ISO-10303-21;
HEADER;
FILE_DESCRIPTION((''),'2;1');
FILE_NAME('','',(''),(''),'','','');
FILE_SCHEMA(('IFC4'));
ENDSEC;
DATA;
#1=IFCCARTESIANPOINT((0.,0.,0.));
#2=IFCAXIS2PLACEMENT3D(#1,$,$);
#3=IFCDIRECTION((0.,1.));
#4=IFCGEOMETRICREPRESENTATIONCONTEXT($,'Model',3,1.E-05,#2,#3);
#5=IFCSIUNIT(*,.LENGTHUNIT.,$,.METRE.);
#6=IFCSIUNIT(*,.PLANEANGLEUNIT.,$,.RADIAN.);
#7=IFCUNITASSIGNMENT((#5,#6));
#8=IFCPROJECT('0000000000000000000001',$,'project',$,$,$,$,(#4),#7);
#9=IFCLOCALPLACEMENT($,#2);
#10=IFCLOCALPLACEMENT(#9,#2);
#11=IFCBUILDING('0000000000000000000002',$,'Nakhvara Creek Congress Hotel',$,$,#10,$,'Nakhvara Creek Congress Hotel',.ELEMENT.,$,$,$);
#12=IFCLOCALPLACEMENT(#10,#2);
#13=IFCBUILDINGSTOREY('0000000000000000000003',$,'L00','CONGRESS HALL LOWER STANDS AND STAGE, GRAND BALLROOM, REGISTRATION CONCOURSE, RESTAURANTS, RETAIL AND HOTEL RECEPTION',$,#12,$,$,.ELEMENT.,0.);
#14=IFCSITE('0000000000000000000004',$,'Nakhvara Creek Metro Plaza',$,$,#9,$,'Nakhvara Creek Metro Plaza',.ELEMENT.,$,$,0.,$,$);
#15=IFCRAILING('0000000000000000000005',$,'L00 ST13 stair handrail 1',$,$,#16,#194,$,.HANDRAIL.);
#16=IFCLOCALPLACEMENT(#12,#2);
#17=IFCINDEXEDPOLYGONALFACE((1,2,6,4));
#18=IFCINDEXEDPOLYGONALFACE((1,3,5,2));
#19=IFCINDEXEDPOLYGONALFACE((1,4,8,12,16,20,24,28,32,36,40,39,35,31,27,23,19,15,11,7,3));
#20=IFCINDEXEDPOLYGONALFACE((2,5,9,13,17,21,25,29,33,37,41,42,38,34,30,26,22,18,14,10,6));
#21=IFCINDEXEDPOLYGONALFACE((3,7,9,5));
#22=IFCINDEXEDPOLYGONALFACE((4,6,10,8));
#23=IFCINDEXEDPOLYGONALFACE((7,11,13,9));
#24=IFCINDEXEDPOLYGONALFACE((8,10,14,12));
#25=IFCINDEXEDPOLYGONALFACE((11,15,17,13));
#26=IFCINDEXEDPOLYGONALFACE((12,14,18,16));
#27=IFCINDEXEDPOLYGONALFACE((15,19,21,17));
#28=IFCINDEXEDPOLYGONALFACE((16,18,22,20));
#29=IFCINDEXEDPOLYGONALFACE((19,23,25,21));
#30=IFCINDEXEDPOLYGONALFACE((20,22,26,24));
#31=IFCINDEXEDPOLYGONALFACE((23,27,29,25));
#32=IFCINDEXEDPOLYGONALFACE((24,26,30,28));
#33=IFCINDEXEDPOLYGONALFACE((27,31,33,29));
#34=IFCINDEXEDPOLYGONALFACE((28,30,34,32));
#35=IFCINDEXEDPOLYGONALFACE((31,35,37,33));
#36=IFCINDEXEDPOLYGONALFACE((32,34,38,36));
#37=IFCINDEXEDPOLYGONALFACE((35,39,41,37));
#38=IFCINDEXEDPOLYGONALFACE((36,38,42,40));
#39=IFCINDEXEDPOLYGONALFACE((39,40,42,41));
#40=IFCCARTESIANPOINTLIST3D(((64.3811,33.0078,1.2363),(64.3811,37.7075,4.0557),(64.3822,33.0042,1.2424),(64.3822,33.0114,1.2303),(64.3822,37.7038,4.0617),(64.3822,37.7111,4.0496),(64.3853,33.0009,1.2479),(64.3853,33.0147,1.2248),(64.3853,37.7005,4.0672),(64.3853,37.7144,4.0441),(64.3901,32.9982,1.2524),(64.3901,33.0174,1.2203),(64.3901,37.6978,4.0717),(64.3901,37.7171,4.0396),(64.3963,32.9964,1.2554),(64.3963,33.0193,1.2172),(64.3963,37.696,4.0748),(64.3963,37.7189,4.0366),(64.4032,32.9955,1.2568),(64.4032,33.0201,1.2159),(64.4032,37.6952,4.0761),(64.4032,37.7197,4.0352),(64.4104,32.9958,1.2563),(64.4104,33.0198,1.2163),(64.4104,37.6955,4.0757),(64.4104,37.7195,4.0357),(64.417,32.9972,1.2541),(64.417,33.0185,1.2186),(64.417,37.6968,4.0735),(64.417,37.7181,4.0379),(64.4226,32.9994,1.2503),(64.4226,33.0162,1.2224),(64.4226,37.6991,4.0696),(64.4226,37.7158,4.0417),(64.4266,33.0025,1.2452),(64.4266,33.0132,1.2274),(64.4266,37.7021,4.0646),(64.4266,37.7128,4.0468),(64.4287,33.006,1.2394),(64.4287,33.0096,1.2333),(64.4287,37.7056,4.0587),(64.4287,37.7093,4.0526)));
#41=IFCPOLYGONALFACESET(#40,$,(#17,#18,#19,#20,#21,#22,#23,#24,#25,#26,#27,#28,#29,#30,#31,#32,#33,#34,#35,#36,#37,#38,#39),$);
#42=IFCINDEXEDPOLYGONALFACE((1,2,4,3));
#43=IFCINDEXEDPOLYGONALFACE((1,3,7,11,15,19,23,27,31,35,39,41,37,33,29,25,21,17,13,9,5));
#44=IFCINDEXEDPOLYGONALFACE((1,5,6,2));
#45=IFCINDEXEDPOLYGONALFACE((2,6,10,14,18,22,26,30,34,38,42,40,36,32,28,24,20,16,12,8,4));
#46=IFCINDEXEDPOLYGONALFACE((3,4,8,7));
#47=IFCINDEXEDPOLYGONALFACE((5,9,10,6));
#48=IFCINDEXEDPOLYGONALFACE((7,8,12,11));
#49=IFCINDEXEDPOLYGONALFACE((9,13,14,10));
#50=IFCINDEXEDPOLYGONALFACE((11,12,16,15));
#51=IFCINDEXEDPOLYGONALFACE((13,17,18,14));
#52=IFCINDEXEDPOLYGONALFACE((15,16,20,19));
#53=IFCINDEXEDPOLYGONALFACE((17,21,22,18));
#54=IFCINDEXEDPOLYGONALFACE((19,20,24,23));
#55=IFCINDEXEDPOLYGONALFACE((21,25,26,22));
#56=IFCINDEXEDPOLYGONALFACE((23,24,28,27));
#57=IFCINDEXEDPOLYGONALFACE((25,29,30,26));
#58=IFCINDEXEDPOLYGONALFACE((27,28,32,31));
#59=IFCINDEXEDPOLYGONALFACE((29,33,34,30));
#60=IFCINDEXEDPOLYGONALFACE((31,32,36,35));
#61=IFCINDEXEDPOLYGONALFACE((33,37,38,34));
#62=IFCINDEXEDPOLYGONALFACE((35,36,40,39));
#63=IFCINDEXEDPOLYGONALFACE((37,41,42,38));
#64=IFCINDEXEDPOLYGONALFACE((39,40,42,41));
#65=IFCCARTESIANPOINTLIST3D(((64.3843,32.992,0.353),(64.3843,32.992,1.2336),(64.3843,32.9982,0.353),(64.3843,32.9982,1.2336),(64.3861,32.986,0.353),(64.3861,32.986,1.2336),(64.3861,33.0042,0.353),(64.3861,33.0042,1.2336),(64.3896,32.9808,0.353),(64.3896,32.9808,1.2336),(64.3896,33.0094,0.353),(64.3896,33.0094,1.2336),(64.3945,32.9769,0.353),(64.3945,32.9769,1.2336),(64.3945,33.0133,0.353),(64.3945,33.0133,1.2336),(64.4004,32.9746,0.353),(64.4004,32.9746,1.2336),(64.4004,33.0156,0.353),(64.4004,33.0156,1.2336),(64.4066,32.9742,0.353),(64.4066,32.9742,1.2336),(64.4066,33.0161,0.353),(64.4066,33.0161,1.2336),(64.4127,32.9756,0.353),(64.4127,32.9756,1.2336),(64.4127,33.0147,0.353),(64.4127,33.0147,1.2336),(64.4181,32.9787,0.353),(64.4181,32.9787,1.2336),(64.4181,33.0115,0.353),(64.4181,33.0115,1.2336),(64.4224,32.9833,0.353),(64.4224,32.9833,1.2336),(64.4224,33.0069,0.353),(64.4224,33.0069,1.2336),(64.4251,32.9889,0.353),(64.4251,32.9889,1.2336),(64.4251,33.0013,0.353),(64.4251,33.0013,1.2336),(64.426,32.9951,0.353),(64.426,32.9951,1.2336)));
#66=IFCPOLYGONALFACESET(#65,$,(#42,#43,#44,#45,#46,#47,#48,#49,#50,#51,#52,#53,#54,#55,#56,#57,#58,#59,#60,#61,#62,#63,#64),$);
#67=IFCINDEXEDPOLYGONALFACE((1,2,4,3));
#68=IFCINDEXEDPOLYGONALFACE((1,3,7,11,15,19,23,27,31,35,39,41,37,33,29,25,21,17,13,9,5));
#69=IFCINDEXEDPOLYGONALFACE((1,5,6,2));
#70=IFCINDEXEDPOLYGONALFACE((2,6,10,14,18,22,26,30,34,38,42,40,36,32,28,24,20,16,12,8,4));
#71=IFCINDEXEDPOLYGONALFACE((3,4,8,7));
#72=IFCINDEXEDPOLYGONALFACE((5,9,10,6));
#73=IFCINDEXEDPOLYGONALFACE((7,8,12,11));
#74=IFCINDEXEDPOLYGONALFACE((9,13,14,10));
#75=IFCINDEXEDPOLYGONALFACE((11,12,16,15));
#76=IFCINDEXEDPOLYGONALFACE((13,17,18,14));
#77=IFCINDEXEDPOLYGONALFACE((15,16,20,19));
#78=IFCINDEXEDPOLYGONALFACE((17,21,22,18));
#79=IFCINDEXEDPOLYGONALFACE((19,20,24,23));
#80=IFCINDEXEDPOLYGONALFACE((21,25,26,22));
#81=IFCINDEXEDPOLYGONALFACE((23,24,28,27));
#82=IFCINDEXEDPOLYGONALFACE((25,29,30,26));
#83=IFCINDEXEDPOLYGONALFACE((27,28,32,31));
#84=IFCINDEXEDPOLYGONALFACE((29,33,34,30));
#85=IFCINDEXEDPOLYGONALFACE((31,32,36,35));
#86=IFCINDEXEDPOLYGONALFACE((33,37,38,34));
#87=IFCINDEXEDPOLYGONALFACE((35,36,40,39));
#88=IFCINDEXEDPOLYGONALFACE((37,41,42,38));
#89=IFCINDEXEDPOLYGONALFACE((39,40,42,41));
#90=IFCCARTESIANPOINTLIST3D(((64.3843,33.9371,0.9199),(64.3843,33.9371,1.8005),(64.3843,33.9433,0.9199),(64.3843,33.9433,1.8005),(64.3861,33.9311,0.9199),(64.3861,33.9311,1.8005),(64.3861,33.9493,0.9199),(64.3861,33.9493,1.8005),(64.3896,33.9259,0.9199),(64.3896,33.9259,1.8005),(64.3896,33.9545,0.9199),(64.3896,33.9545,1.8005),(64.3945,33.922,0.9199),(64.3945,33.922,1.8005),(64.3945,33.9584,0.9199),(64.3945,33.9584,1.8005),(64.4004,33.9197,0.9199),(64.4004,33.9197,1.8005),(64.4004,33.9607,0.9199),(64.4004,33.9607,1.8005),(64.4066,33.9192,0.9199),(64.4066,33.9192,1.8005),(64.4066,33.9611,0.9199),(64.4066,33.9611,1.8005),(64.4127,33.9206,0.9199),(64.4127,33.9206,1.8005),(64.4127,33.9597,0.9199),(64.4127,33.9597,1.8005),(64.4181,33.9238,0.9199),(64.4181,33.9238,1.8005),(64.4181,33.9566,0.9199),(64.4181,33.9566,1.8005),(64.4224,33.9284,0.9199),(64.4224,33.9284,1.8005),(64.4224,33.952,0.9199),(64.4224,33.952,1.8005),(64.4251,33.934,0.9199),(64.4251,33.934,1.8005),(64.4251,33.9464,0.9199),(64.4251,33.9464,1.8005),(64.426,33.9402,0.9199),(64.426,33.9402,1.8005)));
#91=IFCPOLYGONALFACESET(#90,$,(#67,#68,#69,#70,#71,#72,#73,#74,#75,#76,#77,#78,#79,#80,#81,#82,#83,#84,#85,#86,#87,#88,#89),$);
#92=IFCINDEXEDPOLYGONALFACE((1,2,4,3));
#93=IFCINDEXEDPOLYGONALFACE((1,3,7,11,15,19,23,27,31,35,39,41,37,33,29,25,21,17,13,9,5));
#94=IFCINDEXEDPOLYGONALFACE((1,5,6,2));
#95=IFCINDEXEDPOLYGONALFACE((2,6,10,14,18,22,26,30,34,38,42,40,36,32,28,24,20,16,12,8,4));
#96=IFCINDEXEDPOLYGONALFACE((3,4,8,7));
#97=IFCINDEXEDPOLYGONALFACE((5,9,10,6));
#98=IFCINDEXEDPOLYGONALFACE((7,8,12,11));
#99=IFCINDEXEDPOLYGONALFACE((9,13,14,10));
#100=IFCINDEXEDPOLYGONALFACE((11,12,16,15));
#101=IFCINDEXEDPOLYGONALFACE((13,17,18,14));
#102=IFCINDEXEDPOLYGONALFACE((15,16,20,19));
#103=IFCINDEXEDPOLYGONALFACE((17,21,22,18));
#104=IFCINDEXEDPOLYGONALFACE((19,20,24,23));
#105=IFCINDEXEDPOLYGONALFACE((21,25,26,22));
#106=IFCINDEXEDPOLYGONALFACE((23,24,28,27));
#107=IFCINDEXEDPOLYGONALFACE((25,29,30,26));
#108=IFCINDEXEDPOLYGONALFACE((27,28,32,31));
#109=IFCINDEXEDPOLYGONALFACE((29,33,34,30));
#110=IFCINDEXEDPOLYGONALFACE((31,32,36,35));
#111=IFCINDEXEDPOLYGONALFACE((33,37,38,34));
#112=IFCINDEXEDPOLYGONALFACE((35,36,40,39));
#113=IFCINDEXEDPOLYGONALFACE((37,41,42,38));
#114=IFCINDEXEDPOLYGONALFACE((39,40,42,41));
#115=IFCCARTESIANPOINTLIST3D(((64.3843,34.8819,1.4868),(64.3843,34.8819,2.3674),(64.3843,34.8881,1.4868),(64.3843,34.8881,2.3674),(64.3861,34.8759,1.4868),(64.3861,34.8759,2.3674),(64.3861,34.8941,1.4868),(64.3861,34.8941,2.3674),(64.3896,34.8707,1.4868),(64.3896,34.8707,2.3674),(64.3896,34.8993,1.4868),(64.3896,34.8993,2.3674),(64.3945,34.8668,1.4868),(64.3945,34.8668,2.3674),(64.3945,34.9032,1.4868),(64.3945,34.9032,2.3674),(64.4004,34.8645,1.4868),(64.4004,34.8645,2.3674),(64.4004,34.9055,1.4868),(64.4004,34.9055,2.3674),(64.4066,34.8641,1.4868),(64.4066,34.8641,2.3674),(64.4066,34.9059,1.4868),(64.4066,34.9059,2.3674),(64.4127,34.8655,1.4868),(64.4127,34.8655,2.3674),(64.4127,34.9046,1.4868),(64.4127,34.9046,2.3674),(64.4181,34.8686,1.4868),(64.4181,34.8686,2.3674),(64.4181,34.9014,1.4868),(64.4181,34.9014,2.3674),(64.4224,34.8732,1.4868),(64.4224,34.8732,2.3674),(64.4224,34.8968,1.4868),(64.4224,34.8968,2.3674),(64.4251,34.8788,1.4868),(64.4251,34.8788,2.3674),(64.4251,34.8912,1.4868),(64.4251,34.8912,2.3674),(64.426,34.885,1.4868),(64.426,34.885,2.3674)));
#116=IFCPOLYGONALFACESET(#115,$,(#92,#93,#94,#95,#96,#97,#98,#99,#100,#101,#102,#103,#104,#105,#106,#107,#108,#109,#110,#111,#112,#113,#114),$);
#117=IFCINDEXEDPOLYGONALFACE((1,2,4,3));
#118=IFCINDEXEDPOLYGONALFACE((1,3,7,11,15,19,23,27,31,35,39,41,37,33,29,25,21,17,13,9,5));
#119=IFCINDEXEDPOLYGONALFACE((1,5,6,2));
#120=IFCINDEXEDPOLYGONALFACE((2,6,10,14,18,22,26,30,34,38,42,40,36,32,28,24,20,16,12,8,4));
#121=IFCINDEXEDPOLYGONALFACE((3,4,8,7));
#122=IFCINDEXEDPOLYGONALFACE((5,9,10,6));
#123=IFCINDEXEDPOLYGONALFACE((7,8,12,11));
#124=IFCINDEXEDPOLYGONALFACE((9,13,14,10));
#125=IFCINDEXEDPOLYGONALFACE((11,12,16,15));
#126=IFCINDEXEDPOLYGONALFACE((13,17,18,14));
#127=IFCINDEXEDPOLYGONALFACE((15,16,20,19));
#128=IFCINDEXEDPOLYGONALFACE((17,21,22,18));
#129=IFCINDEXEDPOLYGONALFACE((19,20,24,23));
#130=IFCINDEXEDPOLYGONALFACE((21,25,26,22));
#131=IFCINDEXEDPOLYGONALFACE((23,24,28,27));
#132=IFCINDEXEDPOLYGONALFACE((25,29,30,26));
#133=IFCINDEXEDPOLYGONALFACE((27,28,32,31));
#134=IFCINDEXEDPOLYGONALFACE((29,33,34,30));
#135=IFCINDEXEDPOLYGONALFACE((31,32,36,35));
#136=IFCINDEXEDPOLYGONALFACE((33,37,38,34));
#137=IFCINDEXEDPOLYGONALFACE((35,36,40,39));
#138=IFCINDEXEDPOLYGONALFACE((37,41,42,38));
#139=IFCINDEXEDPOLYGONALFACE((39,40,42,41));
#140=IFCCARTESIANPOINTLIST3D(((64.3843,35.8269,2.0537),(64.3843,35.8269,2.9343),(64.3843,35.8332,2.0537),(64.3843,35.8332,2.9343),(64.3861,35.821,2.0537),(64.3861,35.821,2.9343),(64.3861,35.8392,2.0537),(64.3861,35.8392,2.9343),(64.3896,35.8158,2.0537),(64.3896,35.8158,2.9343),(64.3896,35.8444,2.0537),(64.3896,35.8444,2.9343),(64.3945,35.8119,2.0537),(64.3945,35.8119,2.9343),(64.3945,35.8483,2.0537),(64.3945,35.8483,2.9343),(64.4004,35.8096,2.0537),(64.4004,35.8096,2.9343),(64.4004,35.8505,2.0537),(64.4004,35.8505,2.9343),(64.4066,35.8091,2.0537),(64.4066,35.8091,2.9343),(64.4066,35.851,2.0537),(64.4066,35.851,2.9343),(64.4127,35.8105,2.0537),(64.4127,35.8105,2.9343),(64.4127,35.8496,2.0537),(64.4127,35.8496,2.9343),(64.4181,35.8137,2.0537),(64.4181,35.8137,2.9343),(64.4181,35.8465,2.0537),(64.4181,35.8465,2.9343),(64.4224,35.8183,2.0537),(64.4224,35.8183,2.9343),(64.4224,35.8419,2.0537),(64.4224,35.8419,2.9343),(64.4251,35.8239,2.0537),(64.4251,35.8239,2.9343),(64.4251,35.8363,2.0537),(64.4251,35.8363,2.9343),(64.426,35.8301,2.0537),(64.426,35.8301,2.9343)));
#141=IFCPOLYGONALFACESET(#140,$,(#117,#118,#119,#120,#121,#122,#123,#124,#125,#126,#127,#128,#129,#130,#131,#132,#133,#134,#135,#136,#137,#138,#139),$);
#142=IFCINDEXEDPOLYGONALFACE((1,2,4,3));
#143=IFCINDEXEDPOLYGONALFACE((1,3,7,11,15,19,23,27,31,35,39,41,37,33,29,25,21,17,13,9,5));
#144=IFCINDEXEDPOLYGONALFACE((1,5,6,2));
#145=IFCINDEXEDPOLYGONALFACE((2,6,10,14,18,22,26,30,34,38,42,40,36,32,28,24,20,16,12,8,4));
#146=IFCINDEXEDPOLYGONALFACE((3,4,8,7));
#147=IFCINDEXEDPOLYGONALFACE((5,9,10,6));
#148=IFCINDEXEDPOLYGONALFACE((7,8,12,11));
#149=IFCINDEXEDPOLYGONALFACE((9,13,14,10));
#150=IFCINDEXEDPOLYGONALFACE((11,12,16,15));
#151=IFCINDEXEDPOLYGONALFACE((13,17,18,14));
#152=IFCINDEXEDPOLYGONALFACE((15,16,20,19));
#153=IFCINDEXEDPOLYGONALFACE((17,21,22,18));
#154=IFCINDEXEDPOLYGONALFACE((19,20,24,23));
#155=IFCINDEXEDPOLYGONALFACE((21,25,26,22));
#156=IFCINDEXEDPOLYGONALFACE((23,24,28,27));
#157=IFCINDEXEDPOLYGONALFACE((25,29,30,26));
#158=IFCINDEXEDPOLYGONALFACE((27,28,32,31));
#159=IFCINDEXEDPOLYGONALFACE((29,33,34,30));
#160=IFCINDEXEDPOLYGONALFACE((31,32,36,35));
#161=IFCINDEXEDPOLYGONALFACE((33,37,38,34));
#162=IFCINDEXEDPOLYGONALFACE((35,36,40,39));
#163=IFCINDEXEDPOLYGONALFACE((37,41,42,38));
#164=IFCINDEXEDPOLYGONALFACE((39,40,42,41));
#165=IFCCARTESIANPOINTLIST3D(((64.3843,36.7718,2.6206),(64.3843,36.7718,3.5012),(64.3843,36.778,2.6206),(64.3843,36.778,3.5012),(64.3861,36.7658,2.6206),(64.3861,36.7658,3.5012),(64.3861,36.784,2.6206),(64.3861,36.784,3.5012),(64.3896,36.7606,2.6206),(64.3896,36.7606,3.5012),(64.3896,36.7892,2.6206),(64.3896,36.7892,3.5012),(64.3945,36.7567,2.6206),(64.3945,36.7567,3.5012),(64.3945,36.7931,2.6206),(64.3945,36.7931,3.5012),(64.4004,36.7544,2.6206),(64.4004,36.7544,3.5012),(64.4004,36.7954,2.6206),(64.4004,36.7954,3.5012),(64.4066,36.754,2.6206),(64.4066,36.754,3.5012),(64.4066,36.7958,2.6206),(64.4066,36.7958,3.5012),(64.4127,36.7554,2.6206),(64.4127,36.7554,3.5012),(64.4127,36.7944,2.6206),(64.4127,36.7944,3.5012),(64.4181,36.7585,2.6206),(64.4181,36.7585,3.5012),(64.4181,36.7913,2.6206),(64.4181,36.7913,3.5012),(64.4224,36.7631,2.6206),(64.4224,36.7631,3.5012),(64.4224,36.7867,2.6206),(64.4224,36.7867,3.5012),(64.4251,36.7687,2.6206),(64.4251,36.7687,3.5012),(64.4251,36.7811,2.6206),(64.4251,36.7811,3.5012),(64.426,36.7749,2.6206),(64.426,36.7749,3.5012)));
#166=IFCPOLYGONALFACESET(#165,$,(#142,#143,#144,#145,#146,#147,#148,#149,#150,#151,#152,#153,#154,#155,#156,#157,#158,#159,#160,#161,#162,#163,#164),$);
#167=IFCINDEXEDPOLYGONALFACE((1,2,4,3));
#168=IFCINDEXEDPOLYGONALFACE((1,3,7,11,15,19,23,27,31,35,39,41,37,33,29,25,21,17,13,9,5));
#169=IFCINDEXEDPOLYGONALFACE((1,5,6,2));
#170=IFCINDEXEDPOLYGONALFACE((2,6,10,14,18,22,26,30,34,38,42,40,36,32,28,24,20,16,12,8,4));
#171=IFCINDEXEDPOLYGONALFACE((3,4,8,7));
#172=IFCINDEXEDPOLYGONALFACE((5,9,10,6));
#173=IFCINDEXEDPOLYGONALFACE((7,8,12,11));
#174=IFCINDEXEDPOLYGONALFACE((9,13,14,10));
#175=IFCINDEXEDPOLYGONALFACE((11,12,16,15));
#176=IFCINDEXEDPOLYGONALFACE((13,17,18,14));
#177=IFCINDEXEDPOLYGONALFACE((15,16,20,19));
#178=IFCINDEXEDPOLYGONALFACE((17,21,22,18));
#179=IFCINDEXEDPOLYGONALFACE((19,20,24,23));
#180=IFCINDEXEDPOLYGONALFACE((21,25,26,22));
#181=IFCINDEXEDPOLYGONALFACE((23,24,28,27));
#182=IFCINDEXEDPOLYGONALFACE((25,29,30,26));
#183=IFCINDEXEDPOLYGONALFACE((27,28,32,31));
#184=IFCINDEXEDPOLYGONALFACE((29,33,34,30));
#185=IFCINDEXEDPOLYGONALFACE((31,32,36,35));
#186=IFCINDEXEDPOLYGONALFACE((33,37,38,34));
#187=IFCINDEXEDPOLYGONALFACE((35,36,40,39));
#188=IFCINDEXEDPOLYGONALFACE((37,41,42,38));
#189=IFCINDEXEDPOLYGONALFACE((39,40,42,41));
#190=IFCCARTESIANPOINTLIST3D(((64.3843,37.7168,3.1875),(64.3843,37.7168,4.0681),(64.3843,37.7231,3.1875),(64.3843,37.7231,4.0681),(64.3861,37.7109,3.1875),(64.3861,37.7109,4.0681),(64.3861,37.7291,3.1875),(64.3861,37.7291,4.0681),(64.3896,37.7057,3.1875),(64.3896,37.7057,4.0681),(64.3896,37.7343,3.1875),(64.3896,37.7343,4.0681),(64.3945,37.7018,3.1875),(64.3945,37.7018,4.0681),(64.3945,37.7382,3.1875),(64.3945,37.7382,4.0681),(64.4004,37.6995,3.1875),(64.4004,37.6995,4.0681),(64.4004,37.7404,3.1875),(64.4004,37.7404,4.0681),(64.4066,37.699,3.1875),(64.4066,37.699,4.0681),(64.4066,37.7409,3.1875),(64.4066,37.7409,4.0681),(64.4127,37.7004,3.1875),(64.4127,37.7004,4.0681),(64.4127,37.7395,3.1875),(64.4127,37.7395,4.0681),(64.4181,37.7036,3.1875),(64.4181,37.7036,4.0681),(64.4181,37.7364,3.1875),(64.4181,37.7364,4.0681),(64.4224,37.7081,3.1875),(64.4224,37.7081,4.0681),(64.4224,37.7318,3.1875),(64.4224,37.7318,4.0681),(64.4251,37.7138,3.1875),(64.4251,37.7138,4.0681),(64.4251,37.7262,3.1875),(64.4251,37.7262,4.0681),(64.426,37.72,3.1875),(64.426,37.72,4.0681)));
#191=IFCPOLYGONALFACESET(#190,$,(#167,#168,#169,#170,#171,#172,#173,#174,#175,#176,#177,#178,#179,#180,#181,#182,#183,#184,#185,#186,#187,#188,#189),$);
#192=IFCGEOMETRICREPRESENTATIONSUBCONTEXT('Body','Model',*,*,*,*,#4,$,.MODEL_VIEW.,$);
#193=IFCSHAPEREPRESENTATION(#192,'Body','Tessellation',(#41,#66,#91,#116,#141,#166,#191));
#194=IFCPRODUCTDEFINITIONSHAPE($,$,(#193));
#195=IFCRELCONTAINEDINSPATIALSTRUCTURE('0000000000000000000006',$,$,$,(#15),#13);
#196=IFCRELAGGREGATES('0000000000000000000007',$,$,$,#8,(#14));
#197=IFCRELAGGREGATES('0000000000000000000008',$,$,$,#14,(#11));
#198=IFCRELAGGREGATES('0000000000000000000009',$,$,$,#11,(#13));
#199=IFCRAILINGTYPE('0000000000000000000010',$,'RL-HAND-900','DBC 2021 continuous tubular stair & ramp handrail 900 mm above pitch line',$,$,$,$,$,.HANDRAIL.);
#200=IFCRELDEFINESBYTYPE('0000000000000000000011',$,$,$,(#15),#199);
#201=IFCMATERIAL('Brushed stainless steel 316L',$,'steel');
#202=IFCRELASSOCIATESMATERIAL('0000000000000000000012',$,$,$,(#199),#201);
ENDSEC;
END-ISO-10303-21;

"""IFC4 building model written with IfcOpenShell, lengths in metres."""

from ifc_helpers import new_model, si_unit, direction, frame, origin, origin_2d, place, context, subcontext, project, spatial, circle, extrude, material, type_object, element, save


model = new_model("IFC4")

# Units and contexts
model_context = context("Model", 3, precision=1e-05, world=origin(), true_north=direction((0.0, 1.0)))
body_context = subcontext(model_context, "Body", "Model", "MODEL_VIEW")
ifc_project = project(units=[si_unit("LENGTHUNIT", "METRE"), si_unit("PLANEANGLEUNIT", "RADIAN")], contexts=[model_context])

# Site, building, storey
site_placement = place(None, origin())
site = spatial("IfcSite", under=ifc_project, at=site_placement, Name="Nakhvara Creek Metro Plaza", LongName="Nakhvara Creek Metro Plaza", CompositionType="ELEMENT", RefElevation=0.0)
building_placement = place(site_placement, origin())
building = spatial("IfcBuilding", under=site, at=building_placement, Name="Nakhvara Creek Congress Hotel", LongName="Nakhvara Creek Congress Hotel", CompositionType="ELEMENT")
storey_placement = place(building_placement, origin())
storey = spatial("IfcBuildingStorey", under=building, at=storey_placement, Name="L00", Description="CONGRESS HALL LOWER STANDS AND STAGE, GRAND BALLROOM, REGISTRATION CONCOURSE, RESTAURANTS, RETAIL AND HOTEL RECEPTION", CompositionType="ELEMENT", Elevation=0.0)

# Railing
ifc_material_1 = material(Name="Brushed stainless steel 316L", Category="steel")
railing_type_1 = type_object("IfcRailingType", Name="RL-HAND-900", Description="DBC 2021 continuous tubular stair & ramp handrail 900 mm above pitch line", PredefinedType="HANDRAIL", material=ifc_material_1)
railing_1_placement = place(storey_placement, frame((64.405, 32.9951, 0.353)))
element("IfcRailing", 1, at=railing_1_placement, inside=storey, type_object=railing_type_1, Name="L00 ST13 stair handrail 1", PredefinedType="HANDRAIL", context=body_context, shape_type="SweptSolid", body=[
    extrude(circle(Radius=0.0239, at=origin_2d()), frame((0.0, 0.0127, 0.8833), z_axis=(0.0, 0.857528, 0.514437), x_axis=(-1.0, 0.0, 0.0)), (0.0, 0.0, 1.0), 5.4805),
    extrude(circle(Radius=0.021, at=origin_2d()), origin(), (0.0, 0.0, 1.0), 0.8806),
    extrude(circle(Radius=0.021, at=origin_2d()), frame((0.0, 0.9451, 0.5669)), (0.0, 0.0, 1.0), 0.8806),
    extrude(circle(Radius=0.021, at=origin_2d()), frame((0.0, 1.8899, 1.1338)), (0.0, 0.0, 1.0), 0.8806),
    extrude(circle(Radius=0.021, at=origin_2d()), frame((0.0, 2.835, 1.7007)), (0.0, 0.0, 1.0), 0.8806),
    extrude(circle(Radius=0.021, at=origin_2d()), frame((0.0, 3.7798, 2.2676)), (0.0, 0.0, 1.0), 0.8806),
    extrude(circle(Radius=0.021, at=origin_2d()), frame((0.0, 4.7249, 2.8345)), (0.0, 0.0, 1.0), 0.8806),
])

save(model, "model.ifc")
